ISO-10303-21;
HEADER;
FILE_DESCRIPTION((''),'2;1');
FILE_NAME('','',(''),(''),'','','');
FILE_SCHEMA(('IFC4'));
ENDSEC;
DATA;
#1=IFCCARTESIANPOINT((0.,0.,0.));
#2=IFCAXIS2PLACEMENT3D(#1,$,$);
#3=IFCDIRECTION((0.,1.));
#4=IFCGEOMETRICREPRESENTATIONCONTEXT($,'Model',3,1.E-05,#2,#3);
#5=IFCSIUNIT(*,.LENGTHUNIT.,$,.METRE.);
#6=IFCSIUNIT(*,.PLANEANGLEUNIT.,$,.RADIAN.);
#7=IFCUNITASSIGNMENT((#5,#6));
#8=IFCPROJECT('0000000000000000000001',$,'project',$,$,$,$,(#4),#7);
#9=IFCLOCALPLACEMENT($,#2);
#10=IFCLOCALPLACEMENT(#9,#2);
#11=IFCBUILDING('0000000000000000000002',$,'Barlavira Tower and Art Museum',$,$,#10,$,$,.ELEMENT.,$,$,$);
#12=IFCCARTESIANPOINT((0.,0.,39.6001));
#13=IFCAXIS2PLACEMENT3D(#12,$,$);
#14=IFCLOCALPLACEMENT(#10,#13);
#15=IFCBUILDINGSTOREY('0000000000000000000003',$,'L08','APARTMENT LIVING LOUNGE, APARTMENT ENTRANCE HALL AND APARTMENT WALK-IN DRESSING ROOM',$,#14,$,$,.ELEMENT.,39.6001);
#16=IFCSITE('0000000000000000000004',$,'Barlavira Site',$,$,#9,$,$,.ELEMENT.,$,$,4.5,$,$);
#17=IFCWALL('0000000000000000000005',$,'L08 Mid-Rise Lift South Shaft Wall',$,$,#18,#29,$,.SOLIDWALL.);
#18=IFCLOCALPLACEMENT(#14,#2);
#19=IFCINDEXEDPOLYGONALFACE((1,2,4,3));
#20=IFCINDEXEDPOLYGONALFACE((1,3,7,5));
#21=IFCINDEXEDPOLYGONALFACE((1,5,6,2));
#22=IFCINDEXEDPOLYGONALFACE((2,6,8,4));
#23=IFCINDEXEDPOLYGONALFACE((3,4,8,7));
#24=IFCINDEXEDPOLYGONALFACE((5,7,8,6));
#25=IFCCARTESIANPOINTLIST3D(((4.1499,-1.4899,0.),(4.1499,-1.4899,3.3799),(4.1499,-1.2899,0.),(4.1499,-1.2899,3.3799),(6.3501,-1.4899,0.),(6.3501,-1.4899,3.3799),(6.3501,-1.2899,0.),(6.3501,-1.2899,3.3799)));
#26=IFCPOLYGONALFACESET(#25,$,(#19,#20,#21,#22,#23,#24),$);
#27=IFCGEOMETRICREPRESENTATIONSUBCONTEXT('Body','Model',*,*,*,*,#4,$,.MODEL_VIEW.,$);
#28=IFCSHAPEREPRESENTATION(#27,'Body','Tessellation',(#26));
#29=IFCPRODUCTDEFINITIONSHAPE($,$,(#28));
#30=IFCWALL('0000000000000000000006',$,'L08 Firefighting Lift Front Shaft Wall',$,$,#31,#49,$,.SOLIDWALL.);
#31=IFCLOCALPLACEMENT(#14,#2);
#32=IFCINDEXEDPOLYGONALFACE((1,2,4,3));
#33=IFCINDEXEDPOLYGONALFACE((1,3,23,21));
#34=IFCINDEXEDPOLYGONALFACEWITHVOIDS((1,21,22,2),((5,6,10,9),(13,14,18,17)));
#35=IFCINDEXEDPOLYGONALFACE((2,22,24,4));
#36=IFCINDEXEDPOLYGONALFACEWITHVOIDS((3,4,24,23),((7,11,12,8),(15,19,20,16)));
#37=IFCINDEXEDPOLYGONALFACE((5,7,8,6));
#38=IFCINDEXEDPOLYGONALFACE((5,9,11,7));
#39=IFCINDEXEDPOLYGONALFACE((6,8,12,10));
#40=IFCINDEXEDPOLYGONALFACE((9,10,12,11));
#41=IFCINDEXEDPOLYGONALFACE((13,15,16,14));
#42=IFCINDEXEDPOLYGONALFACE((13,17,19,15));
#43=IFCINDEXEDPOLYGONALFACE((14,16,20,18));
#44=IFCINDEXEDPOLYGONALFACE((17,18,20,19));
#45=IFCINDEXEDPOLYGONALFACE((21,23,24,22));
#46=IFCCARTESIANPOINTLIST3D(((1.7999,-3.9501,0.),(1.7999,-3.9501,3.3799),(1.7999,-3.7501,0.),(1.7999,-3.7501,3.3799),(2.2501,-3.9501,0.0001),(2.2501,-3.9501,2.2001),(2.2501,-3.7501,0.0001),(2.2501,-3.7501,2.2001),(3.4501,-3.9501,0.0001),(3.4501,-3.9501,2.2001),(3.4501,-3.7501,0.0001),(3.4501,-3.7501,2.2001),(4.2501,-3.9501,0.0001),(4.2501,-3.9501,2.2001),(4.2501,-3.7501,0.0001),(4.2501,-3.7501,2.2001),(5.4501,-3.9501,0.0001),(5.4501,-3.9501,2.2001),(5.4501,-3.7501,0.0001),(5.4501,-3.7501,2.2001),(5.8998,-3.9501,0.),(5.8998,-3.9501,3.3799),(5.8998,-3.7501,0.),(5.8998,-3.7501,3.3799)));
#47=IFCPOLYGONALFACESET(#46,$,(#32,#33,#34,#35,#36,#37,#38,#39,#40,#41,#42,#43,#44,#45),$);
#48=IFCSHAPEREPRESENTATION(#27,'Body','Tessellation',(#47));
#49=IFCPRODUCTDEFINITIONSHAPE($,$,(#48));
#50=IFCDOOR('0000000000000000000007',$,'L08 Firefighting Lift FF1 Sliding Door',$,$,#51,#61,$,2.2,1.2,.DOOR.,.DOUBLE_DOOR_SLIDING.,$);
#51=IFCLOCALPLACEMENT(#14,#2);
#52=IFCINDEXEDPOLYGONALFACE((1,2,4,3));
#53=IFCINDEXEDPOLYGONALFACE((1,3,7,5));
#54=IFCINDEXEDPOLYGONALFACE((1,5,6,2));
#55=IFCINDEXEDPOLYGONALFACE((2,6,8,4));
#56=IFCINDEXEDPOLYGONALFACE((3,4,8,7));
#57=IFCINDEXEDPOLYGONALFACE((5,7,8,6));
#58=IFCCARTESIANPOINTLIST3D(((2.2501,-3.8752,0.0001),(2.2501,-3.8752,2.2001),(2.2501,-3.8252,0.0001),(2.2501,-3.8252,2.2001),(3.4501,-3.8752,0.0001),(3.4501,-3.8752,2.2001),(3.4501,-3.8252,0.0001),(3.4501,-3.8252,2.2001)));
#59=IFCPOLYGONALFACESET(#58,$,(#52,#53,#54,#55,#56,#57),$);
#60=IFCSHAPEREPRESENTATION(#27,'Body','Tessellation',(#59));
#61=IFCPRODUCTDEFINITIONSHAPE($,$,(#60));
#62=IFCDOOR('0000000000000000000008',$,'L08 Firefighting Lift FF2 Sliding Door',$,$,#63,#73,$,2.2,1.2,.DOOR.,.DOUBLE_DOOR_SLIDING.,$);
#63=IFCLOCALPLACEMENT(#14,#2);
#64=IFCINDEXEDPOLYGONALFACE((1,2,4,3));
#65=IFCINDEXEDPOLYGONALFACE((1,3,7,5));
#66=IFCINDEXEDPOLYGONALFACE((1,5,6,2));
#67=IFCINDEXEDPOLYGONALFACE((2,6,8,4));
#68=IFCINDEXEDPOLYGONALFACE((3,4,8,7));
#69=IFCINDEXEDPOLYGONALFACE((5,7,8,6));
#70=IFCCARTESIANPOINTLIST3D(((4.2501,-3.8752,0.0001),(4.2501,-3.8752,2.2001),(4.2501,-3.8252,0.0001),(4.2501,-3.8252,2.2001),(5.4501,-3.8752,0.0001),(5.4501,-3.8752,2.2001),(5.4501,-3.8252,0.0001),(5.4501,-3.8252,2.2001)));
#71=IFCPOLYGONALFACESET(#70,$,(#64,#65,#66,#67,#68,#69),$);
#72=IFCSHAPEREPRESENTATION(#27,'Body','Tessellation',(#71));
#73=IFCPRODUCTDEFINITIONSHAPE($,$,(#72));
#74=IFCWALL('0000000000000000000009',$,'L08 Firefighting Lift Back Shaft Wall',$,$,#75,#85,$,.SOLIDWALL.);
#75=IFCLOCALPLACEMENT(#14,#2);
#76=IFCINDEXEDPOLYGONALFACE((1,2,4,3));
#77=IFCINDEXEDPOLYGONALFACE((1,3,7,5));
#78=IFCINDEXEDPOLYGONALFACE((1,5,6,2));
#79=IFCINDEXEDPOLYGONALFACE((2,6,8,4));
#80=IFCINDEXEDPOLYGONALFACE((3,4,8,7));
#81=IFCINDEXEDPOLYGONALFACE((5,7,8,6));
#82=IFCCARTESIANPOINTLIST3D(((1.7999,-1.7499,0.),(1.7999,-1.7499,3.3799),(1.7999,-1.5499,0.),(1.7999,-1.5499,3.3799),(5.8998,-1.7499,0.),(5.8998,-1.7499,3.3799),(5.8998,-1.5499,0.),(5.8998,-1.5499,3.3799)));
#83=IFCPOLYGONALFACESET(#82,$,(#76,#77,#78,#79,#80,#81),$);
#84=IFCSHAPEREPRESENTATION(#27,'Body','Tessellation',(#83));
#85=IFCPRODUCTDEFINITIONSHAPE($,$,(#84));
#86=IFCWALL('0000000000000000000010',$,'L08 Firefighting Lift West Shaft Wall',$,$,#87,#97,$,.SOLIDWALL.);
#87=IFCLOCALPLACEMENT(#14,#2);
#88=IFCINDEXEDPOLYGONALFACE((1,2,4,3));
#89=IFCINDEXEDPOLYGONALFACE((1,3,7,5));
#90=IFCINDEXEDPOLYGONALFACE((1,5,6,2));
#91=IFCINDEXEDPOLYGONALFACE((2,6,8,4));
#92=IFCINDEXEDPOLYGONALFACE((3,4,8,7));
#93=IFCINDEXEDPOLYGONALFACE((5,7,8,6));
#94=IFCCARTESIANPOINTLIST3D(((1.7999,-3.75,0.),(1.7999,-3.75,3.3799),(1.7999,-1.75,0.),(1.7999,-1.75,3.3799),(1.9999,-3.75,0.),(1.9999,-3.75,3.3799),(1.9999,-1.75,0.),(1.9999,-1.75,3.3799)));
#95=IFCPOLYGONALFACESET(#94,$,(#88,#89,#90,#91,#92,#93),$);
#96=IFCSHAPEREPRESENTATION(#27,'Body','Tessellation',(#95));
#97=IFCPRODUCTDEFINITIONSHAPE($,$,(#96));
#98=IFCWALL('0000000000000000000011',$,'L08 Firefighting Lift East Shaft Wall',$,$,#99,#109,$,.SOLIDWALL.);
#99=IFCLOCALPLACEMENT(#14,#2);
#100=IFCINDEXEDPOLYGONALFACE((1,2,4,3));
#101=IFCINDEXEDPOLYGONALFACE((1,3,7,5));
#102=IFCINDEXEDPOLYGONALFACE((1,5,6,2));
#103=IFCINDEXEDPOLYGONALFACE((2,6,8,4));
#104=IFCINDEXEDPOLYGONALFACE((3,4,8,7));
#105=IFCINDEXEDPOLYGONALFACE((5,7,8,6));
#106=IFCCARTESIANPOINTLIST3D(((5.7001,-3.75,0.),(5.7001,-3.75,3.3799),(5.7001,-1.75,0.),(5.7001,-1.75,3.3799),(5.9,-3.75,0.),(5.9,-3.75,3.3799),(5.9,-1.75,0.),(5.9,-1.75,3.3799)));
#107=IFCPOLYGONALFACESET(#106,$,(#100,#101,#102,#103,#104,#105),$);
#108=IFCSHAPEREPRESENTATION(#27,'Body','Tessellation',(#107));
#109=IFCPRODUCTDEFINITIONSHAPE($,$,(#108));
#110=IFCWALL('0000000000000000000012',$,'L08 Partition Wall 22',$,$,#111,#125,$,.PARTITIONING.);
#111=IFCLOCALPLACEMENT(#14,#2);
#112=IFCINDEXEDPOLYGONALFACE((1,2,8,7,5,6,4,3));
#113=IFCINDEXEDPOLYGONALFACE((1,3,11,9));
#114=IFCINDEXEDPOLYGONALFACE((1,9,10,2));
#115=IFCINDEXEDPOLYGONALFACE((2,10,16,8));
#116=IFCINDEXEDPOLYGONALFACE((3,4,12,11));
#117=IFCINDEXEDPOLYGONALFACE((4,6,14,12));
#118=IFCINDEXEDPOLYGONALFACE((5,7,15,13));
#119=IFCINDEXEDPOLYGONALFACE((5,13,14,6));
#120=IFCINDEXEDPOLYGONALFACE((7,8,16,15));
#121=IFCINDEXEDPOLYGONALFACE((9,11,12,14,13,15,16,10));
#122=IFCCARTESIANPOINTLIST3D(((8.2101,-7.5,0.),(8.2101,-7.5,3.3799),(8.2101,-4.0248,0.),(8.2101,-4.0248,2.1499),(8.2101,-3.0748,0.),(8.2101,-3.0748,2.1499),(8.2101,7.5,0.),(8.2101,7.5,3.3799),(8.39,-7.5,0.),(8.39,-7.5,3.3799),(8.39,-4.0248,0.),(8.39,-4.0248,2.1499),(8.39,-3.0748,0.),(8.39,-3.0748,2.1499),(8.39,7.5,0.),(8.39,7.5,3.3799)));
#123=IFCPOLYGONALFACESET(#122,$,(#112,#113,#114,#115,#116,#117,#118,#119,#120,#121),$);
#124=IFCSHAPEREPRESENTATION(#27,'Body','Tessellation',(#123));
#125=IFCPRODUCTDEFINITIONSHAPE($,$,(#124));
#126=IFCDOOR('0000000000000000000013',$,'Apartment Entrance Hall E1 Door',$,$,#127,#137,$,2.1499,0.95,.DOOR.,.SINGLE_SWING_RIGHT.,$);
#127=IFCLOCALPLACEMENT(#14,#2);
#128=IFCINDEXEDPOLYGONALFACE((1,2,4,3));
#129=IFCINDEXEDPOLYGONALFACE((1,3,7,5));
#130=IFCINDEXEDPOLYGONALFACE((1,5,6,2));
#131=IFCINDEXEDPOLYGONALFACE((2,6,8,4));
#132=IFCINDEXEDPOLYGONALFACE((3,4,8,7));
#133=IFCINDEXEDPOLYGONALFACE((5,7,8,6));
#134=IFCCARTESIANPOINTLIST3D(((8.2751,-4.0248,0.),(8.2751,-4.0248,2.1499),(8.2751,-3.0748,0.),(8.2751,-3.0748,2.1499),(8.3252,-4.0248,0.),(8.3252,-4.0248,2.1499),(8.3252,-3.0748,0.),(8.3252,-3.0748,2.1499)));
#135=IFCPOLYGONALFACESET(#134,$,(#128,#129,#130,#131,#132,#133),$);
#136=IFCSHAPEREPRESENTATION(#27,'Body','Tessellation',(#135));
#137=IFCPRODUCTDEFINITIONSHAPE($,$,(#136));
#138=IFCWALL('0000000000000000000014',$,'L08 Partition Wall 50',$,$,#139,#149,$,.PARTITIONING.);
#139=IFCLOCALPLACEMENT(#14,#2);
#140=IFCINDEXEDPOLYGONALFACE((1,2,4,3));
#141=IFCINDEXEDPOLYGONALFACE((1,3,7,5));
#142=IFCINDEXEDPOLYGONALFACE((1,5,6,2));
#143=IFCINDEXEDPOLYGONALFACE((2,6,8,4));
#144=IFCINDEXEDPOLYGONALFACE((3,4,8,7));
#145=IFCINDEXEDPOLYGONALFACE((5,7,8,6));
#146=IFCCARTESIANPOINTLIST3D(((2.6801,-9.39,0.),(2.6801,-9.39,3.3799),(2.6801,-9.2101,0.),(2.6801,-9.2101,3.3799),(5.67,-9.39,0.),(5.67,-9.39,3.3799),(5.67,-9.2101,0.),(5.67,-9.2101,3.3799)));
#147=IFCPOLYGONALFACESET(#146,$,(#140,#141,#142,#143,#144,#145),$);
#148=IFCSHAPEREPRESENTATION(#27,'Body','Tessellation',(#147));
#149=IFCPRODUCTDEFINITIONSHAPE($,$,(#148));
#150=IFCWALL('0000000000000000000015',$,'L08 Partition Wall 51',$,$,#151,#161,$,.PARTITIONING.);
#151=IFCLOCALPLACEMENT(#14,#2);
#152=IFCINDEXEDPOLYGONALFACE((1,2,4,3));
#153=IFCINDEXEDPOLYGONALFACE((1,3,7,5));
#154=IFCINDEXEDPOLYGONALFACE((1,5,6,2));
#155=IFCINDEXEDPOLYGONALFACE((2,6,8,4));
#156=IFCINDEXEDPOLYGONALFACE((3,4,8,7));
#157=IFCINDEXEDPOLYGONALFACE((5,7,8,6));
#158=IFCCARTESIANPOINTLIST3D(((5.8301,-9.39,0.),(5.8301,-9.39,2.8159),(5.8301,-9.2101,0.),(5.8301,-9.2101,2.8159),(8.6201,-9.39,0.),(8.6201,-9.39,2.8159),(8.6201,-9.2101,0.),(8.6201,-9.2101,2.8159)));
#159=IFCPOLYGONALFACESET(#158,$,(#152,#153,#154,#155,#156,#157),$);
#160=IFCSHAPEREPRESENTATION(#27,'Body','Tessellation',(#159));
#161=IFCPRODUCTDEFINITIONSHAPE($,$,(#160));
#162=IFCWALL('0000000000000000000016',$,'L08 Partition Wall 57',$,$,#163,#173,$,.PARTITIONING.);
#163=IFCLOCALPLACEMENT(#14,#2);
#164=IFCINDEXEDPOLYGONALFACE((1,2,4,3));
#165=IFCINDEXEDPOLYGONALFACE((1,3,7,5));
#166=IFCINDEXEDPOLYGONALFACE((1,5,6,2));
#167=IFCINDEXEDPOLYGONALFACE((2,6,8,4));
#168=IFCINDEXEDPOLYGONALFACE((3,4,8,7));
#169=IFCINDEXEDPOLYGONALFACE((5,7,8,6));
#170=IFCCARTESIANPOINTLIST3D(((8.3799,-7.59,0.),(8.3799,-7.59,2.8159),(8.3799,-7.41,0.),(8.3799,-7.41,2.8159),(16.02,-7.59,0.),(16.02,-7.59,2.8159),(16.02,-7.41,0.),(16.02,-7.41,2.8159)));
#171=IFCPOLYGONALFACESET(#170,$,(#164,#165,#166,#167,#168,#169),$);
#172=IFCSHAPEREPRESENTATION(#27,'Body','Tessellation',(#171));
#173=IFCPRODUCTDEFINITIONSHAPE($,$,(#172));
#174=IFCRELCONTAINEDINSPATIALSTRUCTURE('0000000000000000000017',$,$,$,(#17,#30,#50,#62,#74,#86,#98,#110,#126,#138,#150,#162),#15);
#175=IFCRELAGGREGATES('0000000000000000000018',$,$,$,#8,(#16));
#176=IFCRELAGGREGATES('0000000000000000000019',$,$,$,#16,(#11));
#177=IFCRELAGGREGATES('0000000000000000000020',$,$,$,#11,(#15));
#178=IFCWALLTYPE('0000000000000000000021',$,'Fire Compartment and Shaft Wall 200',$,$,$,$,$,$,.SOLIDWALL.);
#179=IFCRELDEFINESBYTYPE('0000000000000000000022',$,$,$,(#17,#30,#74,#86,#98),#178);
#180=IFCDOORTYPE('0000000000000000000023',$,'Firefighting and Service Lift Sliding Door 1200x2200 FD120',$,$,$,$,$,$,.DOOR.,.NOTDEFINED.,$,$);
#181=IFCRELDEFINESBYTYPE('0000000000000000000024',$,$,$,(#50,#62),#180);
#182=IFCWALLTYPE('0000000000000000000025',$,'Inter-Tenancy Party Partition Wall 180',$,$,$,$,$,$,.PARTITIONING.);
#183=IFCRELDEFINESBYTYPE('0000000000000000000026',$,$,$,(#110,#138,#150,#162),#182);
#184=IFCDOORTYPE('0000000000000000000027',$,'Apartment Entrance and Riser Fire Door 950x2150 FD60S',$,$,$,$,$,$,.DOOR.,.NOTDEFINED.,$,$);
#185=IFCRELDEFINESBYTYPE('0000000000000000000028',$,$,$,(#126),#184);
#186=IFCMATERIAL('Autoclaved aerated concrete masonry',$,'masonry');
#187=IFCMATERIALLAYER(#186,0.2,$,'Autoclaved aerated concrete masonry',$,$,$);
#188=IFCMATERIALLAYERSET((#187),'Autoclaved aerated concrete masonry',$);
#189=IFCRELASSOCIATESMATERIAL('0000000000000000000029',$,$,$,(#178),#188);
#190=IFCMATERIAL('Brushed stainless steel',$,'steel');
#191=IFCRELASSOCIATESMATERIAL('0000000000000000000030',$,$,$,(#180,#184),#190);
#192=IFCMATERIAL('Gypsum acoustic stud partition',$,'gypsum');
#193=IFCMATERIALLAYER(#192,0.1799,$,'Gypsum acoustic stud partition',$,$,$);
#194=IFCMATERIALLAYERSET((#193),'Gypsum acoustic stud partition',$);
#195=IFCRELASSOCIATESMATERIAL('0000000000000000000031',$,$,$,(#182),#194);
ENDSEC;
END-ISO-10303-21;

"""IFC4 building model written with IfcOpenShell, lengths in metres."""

from ifc_helpers import new_model, si_unit, direction, frame, frame_2d, origin, place, context, subcontext, project, spatial, rectangle, extrude, material, layer, layer_set, type_object, element, fill, save


model = new_model("IFC4")

# Units and contexts
model_context = context("Model", 3, precision=1e-05, world=origin(), true_north=direction((0.0, 1.0)))
body_context = subcontext(model_context, "Body", "Model", "MODEL_VIEW")
ifc_project = project(units=[si_unit("LENGTHUNIT", "METRE"), si_unit("PLANEANGLEUNIT", "RADIAN")], contexts=[model_context])

# Site, building, storey
site_placement = place(None, origin())
site = spatial("IfcSite", under=ifc_project, at=site_placement, Name="Barlavira Site", CompositionType="ELEMENT", RefElevation=4.5)
building_placement = place(site_placement, origin())
building = spatial("IfcBuilding", under=site, at=building_placement, Name="Barlavira Tower and Art Museum", CompositionType="ELEMENT")
storey_placement = place(building_placement, frame((0.0, 0.0, 39.6001)))
storey = spatial("IfcBuildingStorey", under=building, at=storey_placement, Name="L08", Description="APARTMENT LIVING LOUNGE, APARTMENT ENTRANCE HALL AND APARTMENT WALK-IN DRESSING ROOM", CompositionType="ELEMENT", Elevation=39.6001)

# Shared definitions
ifc_material_1 = material(Name="Gypsum acoustic stud partition", Category="gypsum")

# Shared definitions
ifc_material_2 = material(Name="Brushed stainless steel", Category="steel")

# Wall
ifc_material_3 = material(Name="Autoclaved aerated concrete masonry", Category="masonry")
ifc_layer_1 = layer(ifc_material_3, 0.2, Name="Autoclaved aerated concrete masonry")
ifc_layer_set_1 = layer_set([ifc_layer_1], Name="Autoclaved aerated concrete masonry")
wall_type_1 = type_object("IfcWallType", Name="Fire Compartment and Shaft Wall 200", PredefinedType="SOLIDWALL", material=ifc_layer_set_1)
wall_1_placement = place(storey_placement, frame((4.1499, -1.3899, 0.0), z_axis=(0.0, 0.0, 1.0), x_axis=(1.0, 0.0, 0.0)))
element("IfcWall", 1, at=wall_1_placement, inside=storey, type_object=wall_type_1, Name="L08 Mid-Rise Lift South Shaft Wall", PredefinedType="SOLIDWALL", context=body_context, shape_type="SweptSolid", body=[
    extrude(rectangle(XDim=2.2002, YDim=0.2, at=frame_2d((1.1001, 0.0))), origin(), (0.0, 0.0, 1.0), 3.3799),
])

# Wall, openings, doors
wall_2_placement = place(storey_placement, frame((1.8, -3.8501, 0.0), z_axis=(0.0, 0.0, 1.0), x_axis=(1.0, 0.0, 0.0)))
wall_2 = element("IfcWall", 2, at=wall_2_placement, inside=storey, type_object=wall_type_1, Name="L08 Firefighting Lift Front Shaft Wall", PredefinedType="SOLIDWALL", context=body_context, shape_type="SweptSolid", body=[
    extrude(rectangle(XDim=4.0999, YDim=0.2, at=frame_2d((2.0498, 0.0))), origin(), (0.0, 0.0, 1.0), 3.3799),
])
opening_1_placement = place(wall_2_placement, frame((0.45, 0.0, 0.0)))
opening_1 = element("IfcOpeningElement", 3, at=opening_1_placement, cuts=wall_2, PredefinedType="OPENING", context=body_context, shape_type="SweptSolid", body=[
    extrude(rectangle(XDim=1.2, YDim=2.2, at=frame_2d((0.6001, 1.1001))), frame((0.0, 0.1099, 0.0), z_axis=(0.0, -1.0, 0.0), x_axis=(1.0, 0.0, 0.0)), (0.0, 0.0, 1.0), 0.22),
])
opening_2_placement = place(wall_2_placement, frame((2.45, 0.0, 0.0)))
opening_2 = element("IfcOpeningElement", 4, at=opening_2_placement, cuts=wall_2, PredefinedType="OPENING", context=body_context, shape_type="SweptSolid", body=[
    extrude(rectangle(XDim=1.2, YDim=2.2, at=frame_2d((0.6001, 1.1001))), frame((0.0, 0.1099, 0.0), z_axis=(0.0, -1.0, 0.0), x_axis=(1.0, 0.0, 0.0)), (0.0, 0.0, 1.0), 0.22),
])
door_type_1 = type_object("IfcDoorType", Name="Firefighting and Service Lift Sliding Door 1200x2200 FD120", OperationType="NOTDEFINED", PredefinedType="DOOR", material=ifc_material_2)
door_1_placement = place(opening_1_placement, origin())
door_1 = element("IfcDoor", 5, at=door_1_placement, inside=storey, type_object=door_type_1, Name="L08 Firefighting Lift FF1 Sliding Door", OperationType="DOUBLE_DOOR_SLIDING", OverallHeight=2.2, OverallWidth=1.2, PredefinedType="DOOR", context=body_context, shape_type="SweptSolid", body=[
    extrude(rectangle(XDim=1.2, YDim=2.2, at=frame_2d((0.6001, 1.1001))), frame((0.0, 0.0249, 0.0), z_axis=(0.0, -1.0, 0.0), x_axis=(1.0, 0.0, 0.0)), (0.0, 0.0, 1.0), 0.05),
])
fill(opening_1, door_1)
door_2_placement = place(opening_2_placement, origin())
door_2 = element("IfcDoor", 6, at=door_2_placement, inside=storey, type_object=door_type_1, Name="L08 Firefighting Lift FF2 Sliding Door", OperationType="DOUBLE_DOOR_SLIDING", OverallHeight=2.2, OverallWidth=1.2, PredefinedType="DOOR", context=body_context, shape_type="SweptSolid", body=[
    extrude(rectangle(XDim=1.2, YDim=2.2, at=frame_2d((0.6001, 1.1001))), frame((0.0, 0.0249, 0.0), z_axis=(0.0, -1.0, 0.0), x_axis=(1.0, 0.0, 0.0)), (0.0, 0.0, 1.0), 0.05),
])
fill(opening_2, door_2)

# Walls
wall_3_placement = place(storey_placement, frame((1.8, -1.6499, 0.0), z_axis=(0.0, 0.0, 1.0), x_axis=(1.0, 0.0, 0.0)))
element("IfcWall", 7, at=wall_3_placement, inside=storey, type_object=wall_type_1, Name="L08 Firefighting Lift Back Shaft Wall", PredefinedType="SOLIDWALL", context=body_context, shape_type="SweptSolid", body=[
    extrude(rectangle(XDim=4.0999, YDim=0.2, at=frame_2d((2.0498, 0.0))), origin(), (0.0, 0.0, 1.0), 3.3799),
])
for number, where, z_axis, x_axis, name in (
    (8, (1.8999, -3.75, 0.0), (0.0, 0.0, 1.0), (0.0, 1.0, 0.0), "L08 Firefighting Lift West Shaft Wall"),
    (9, (5.8, -3.75, 0.0), (0.0, 0.0, 1.0), (0.0, 1.0, 0.0), "L08 Firefighting Lift East Shaft Wall"),
):
    element("IfcWall", number, at=place(storey_placement, frame(where, z_axis=z_axis, x_axis=x_axis)), inside=storey, type_object=wall_type_1, Name=name, PredefinedType="SOLIDWALL", context=body_context, shape_type="SweptSolid", body=[
        extrude(rectangle(XDim=2.0, YDim=0.2, at=frame_2d((1.0, 0.0))), origin(), (0.0, 0.0, 1.0), 3.3799),
    ])

# Wall, opening, door
ifc_layer_2 = layer(ifc_material_1, 0.1799, Name="Gypsum acoustic stud partition")
ifc_layer_set_2 = layer_set([ifc_layer_2], Name="Gypsum acoustic stud partition")
wall_type_2 = type_object("IfcWallType", Name="Inter-Tenancy Party Partition Wall 180", PredefinedType="PARTITIONING", material=ifc_layer_set_2)
wall_4_placement = place(storey_placement, frame((8.3, -7.5, 0.0), z_axis=(0.0, 0.0, 1.0), x_axis=(0.0, 1.0, 0.0)))
wall_4 = element("IfcWall", 10, at=wall_4_placement, inside=storey, type_object=wall_type_2, Name="L08 Partition Wall 22", PredefinedType="PARTITIONING", context=body_context, shape_type="SweptSolid", body=[
    extrude(rectangle(XDim=15.0, YDim=0.1799, at=frame_2d((7.5, 0.0))), origin(), (0.0, 0.0, 1.0), 3.3799),
])
opening_3_placement = place(wall_4_placement, frame((3.4751, 0.0, 0.0)))
opening_3 = element("IfcOpeningElement", 11, at=opening_3_placement, cuts=wall_4, PredefinedType="OPENING", context=body_context, shape_type="SweptSolid", body=[
    extrude(rectangle(XDim=0.95, YDim=2.1499, at=frame_2d((0.4751, 1.075))), frame((0.0, 0.1001, 0.0), z_axis=(0.0, -1.0, 0.0), x_axis=(1.0, 0.0, 0.0)), (0.0, 0.0, 1.0), 0.2),
])
door_type_2 = type_object("IfcDoorType", Name="Apartment Entrance and Riser Fire Door 950x2150 FD60S", OperationType="NOTDEFINED", PredefinedType="DOOR", material=ifc_material_2)
door_3_placement = place(opening_3_placement, origin())
door_3 = element("IfcDoor", 12, at=door_3_placement, inside=storey, type_object=door_type_2, Name="Apartment Entrance Hall E1 Door", OperationType="SINGLE_SWING_RIGHT", OverallHeight=2.1499, OverallWidth=0.95, PredefinedType="DOOR", context=body_context, shape_type="SweptSolid", body=[
    extrude(rectangle(XDim=0.95, YDim=2.1499, at=frame_2d((0.4751, 1.075))), frame((0.0, 0.0249, 0.0), z_axis=(0.0, -1.0, 0.0), x_axis=(1.0, 0.0, 0.0)), (0.0, 0.0, 1.0), 0.05),
])
fill(opening_3, door_3)

# Walls
wall_5_placement = place(storey_placement, frame((2.6799, -9.3, 0.0), z_axis=(0.0, 0.0, 1.0), x_axis=(1.0, 0.0, 0.0)))
element("IfcWall", 13, at=wall_5_placement, inside=storey, type_object=wall_type_2, Name="L08 Partition Wall 50", PredefinedType="PARTITIONING", context=body_context, shape_type="SweptSolid", body=[
    extrude(rectangle(XDim=2.99, YDim=0.1799, at=frame_2d((1.4951, 0.0))), origin(), (0.0, 0.0, 1.0), 3.3799),
])
wall_6_placement = place(storey_placement, frame((5.8301, -9.3, 0.0), z_axis=(0.0, 0.0, 1.0), x_axis=(1.0, 0.0, 0.0)))
element("IfcWall", 14, at=wall_6_placement, inside=storey, type_object=wall_type_2, Name="L08 Partition Wall 51", PredefinedType="PARTITIONING", context=body_context, shape_type="SweptSolid", body=[
    extrude(rectangle(XDim=2.79, YDim=0.1799, at=frame_2d((1.395, 0.0))), origin(), (0.0, 0.0, 1.0), 2.8159),
])
wall_7_placement = place(storey_placement, frame((8.3799, -7.5, 0.0), z_axis=(0.0, 0.0, 1.0), x_axis=(1.0, 0.0, 0.0)))
element("IfcWall", 15, at=wall_7_placement, inside=storey, type_object=wall_type_2, Name="L08 Partition Wall 57", PredefinedType="PARTITIONING", context=body_context, shape_type="SweptSolid", body=[
    extrude(rectangle(XDim=7.6401, YDim=0.1799, at=frame_2d((3.8201, 0.0))), origin(), (0.0, 0.0, 1.0), 2.8159),
])

save(model, "model.ifc")
